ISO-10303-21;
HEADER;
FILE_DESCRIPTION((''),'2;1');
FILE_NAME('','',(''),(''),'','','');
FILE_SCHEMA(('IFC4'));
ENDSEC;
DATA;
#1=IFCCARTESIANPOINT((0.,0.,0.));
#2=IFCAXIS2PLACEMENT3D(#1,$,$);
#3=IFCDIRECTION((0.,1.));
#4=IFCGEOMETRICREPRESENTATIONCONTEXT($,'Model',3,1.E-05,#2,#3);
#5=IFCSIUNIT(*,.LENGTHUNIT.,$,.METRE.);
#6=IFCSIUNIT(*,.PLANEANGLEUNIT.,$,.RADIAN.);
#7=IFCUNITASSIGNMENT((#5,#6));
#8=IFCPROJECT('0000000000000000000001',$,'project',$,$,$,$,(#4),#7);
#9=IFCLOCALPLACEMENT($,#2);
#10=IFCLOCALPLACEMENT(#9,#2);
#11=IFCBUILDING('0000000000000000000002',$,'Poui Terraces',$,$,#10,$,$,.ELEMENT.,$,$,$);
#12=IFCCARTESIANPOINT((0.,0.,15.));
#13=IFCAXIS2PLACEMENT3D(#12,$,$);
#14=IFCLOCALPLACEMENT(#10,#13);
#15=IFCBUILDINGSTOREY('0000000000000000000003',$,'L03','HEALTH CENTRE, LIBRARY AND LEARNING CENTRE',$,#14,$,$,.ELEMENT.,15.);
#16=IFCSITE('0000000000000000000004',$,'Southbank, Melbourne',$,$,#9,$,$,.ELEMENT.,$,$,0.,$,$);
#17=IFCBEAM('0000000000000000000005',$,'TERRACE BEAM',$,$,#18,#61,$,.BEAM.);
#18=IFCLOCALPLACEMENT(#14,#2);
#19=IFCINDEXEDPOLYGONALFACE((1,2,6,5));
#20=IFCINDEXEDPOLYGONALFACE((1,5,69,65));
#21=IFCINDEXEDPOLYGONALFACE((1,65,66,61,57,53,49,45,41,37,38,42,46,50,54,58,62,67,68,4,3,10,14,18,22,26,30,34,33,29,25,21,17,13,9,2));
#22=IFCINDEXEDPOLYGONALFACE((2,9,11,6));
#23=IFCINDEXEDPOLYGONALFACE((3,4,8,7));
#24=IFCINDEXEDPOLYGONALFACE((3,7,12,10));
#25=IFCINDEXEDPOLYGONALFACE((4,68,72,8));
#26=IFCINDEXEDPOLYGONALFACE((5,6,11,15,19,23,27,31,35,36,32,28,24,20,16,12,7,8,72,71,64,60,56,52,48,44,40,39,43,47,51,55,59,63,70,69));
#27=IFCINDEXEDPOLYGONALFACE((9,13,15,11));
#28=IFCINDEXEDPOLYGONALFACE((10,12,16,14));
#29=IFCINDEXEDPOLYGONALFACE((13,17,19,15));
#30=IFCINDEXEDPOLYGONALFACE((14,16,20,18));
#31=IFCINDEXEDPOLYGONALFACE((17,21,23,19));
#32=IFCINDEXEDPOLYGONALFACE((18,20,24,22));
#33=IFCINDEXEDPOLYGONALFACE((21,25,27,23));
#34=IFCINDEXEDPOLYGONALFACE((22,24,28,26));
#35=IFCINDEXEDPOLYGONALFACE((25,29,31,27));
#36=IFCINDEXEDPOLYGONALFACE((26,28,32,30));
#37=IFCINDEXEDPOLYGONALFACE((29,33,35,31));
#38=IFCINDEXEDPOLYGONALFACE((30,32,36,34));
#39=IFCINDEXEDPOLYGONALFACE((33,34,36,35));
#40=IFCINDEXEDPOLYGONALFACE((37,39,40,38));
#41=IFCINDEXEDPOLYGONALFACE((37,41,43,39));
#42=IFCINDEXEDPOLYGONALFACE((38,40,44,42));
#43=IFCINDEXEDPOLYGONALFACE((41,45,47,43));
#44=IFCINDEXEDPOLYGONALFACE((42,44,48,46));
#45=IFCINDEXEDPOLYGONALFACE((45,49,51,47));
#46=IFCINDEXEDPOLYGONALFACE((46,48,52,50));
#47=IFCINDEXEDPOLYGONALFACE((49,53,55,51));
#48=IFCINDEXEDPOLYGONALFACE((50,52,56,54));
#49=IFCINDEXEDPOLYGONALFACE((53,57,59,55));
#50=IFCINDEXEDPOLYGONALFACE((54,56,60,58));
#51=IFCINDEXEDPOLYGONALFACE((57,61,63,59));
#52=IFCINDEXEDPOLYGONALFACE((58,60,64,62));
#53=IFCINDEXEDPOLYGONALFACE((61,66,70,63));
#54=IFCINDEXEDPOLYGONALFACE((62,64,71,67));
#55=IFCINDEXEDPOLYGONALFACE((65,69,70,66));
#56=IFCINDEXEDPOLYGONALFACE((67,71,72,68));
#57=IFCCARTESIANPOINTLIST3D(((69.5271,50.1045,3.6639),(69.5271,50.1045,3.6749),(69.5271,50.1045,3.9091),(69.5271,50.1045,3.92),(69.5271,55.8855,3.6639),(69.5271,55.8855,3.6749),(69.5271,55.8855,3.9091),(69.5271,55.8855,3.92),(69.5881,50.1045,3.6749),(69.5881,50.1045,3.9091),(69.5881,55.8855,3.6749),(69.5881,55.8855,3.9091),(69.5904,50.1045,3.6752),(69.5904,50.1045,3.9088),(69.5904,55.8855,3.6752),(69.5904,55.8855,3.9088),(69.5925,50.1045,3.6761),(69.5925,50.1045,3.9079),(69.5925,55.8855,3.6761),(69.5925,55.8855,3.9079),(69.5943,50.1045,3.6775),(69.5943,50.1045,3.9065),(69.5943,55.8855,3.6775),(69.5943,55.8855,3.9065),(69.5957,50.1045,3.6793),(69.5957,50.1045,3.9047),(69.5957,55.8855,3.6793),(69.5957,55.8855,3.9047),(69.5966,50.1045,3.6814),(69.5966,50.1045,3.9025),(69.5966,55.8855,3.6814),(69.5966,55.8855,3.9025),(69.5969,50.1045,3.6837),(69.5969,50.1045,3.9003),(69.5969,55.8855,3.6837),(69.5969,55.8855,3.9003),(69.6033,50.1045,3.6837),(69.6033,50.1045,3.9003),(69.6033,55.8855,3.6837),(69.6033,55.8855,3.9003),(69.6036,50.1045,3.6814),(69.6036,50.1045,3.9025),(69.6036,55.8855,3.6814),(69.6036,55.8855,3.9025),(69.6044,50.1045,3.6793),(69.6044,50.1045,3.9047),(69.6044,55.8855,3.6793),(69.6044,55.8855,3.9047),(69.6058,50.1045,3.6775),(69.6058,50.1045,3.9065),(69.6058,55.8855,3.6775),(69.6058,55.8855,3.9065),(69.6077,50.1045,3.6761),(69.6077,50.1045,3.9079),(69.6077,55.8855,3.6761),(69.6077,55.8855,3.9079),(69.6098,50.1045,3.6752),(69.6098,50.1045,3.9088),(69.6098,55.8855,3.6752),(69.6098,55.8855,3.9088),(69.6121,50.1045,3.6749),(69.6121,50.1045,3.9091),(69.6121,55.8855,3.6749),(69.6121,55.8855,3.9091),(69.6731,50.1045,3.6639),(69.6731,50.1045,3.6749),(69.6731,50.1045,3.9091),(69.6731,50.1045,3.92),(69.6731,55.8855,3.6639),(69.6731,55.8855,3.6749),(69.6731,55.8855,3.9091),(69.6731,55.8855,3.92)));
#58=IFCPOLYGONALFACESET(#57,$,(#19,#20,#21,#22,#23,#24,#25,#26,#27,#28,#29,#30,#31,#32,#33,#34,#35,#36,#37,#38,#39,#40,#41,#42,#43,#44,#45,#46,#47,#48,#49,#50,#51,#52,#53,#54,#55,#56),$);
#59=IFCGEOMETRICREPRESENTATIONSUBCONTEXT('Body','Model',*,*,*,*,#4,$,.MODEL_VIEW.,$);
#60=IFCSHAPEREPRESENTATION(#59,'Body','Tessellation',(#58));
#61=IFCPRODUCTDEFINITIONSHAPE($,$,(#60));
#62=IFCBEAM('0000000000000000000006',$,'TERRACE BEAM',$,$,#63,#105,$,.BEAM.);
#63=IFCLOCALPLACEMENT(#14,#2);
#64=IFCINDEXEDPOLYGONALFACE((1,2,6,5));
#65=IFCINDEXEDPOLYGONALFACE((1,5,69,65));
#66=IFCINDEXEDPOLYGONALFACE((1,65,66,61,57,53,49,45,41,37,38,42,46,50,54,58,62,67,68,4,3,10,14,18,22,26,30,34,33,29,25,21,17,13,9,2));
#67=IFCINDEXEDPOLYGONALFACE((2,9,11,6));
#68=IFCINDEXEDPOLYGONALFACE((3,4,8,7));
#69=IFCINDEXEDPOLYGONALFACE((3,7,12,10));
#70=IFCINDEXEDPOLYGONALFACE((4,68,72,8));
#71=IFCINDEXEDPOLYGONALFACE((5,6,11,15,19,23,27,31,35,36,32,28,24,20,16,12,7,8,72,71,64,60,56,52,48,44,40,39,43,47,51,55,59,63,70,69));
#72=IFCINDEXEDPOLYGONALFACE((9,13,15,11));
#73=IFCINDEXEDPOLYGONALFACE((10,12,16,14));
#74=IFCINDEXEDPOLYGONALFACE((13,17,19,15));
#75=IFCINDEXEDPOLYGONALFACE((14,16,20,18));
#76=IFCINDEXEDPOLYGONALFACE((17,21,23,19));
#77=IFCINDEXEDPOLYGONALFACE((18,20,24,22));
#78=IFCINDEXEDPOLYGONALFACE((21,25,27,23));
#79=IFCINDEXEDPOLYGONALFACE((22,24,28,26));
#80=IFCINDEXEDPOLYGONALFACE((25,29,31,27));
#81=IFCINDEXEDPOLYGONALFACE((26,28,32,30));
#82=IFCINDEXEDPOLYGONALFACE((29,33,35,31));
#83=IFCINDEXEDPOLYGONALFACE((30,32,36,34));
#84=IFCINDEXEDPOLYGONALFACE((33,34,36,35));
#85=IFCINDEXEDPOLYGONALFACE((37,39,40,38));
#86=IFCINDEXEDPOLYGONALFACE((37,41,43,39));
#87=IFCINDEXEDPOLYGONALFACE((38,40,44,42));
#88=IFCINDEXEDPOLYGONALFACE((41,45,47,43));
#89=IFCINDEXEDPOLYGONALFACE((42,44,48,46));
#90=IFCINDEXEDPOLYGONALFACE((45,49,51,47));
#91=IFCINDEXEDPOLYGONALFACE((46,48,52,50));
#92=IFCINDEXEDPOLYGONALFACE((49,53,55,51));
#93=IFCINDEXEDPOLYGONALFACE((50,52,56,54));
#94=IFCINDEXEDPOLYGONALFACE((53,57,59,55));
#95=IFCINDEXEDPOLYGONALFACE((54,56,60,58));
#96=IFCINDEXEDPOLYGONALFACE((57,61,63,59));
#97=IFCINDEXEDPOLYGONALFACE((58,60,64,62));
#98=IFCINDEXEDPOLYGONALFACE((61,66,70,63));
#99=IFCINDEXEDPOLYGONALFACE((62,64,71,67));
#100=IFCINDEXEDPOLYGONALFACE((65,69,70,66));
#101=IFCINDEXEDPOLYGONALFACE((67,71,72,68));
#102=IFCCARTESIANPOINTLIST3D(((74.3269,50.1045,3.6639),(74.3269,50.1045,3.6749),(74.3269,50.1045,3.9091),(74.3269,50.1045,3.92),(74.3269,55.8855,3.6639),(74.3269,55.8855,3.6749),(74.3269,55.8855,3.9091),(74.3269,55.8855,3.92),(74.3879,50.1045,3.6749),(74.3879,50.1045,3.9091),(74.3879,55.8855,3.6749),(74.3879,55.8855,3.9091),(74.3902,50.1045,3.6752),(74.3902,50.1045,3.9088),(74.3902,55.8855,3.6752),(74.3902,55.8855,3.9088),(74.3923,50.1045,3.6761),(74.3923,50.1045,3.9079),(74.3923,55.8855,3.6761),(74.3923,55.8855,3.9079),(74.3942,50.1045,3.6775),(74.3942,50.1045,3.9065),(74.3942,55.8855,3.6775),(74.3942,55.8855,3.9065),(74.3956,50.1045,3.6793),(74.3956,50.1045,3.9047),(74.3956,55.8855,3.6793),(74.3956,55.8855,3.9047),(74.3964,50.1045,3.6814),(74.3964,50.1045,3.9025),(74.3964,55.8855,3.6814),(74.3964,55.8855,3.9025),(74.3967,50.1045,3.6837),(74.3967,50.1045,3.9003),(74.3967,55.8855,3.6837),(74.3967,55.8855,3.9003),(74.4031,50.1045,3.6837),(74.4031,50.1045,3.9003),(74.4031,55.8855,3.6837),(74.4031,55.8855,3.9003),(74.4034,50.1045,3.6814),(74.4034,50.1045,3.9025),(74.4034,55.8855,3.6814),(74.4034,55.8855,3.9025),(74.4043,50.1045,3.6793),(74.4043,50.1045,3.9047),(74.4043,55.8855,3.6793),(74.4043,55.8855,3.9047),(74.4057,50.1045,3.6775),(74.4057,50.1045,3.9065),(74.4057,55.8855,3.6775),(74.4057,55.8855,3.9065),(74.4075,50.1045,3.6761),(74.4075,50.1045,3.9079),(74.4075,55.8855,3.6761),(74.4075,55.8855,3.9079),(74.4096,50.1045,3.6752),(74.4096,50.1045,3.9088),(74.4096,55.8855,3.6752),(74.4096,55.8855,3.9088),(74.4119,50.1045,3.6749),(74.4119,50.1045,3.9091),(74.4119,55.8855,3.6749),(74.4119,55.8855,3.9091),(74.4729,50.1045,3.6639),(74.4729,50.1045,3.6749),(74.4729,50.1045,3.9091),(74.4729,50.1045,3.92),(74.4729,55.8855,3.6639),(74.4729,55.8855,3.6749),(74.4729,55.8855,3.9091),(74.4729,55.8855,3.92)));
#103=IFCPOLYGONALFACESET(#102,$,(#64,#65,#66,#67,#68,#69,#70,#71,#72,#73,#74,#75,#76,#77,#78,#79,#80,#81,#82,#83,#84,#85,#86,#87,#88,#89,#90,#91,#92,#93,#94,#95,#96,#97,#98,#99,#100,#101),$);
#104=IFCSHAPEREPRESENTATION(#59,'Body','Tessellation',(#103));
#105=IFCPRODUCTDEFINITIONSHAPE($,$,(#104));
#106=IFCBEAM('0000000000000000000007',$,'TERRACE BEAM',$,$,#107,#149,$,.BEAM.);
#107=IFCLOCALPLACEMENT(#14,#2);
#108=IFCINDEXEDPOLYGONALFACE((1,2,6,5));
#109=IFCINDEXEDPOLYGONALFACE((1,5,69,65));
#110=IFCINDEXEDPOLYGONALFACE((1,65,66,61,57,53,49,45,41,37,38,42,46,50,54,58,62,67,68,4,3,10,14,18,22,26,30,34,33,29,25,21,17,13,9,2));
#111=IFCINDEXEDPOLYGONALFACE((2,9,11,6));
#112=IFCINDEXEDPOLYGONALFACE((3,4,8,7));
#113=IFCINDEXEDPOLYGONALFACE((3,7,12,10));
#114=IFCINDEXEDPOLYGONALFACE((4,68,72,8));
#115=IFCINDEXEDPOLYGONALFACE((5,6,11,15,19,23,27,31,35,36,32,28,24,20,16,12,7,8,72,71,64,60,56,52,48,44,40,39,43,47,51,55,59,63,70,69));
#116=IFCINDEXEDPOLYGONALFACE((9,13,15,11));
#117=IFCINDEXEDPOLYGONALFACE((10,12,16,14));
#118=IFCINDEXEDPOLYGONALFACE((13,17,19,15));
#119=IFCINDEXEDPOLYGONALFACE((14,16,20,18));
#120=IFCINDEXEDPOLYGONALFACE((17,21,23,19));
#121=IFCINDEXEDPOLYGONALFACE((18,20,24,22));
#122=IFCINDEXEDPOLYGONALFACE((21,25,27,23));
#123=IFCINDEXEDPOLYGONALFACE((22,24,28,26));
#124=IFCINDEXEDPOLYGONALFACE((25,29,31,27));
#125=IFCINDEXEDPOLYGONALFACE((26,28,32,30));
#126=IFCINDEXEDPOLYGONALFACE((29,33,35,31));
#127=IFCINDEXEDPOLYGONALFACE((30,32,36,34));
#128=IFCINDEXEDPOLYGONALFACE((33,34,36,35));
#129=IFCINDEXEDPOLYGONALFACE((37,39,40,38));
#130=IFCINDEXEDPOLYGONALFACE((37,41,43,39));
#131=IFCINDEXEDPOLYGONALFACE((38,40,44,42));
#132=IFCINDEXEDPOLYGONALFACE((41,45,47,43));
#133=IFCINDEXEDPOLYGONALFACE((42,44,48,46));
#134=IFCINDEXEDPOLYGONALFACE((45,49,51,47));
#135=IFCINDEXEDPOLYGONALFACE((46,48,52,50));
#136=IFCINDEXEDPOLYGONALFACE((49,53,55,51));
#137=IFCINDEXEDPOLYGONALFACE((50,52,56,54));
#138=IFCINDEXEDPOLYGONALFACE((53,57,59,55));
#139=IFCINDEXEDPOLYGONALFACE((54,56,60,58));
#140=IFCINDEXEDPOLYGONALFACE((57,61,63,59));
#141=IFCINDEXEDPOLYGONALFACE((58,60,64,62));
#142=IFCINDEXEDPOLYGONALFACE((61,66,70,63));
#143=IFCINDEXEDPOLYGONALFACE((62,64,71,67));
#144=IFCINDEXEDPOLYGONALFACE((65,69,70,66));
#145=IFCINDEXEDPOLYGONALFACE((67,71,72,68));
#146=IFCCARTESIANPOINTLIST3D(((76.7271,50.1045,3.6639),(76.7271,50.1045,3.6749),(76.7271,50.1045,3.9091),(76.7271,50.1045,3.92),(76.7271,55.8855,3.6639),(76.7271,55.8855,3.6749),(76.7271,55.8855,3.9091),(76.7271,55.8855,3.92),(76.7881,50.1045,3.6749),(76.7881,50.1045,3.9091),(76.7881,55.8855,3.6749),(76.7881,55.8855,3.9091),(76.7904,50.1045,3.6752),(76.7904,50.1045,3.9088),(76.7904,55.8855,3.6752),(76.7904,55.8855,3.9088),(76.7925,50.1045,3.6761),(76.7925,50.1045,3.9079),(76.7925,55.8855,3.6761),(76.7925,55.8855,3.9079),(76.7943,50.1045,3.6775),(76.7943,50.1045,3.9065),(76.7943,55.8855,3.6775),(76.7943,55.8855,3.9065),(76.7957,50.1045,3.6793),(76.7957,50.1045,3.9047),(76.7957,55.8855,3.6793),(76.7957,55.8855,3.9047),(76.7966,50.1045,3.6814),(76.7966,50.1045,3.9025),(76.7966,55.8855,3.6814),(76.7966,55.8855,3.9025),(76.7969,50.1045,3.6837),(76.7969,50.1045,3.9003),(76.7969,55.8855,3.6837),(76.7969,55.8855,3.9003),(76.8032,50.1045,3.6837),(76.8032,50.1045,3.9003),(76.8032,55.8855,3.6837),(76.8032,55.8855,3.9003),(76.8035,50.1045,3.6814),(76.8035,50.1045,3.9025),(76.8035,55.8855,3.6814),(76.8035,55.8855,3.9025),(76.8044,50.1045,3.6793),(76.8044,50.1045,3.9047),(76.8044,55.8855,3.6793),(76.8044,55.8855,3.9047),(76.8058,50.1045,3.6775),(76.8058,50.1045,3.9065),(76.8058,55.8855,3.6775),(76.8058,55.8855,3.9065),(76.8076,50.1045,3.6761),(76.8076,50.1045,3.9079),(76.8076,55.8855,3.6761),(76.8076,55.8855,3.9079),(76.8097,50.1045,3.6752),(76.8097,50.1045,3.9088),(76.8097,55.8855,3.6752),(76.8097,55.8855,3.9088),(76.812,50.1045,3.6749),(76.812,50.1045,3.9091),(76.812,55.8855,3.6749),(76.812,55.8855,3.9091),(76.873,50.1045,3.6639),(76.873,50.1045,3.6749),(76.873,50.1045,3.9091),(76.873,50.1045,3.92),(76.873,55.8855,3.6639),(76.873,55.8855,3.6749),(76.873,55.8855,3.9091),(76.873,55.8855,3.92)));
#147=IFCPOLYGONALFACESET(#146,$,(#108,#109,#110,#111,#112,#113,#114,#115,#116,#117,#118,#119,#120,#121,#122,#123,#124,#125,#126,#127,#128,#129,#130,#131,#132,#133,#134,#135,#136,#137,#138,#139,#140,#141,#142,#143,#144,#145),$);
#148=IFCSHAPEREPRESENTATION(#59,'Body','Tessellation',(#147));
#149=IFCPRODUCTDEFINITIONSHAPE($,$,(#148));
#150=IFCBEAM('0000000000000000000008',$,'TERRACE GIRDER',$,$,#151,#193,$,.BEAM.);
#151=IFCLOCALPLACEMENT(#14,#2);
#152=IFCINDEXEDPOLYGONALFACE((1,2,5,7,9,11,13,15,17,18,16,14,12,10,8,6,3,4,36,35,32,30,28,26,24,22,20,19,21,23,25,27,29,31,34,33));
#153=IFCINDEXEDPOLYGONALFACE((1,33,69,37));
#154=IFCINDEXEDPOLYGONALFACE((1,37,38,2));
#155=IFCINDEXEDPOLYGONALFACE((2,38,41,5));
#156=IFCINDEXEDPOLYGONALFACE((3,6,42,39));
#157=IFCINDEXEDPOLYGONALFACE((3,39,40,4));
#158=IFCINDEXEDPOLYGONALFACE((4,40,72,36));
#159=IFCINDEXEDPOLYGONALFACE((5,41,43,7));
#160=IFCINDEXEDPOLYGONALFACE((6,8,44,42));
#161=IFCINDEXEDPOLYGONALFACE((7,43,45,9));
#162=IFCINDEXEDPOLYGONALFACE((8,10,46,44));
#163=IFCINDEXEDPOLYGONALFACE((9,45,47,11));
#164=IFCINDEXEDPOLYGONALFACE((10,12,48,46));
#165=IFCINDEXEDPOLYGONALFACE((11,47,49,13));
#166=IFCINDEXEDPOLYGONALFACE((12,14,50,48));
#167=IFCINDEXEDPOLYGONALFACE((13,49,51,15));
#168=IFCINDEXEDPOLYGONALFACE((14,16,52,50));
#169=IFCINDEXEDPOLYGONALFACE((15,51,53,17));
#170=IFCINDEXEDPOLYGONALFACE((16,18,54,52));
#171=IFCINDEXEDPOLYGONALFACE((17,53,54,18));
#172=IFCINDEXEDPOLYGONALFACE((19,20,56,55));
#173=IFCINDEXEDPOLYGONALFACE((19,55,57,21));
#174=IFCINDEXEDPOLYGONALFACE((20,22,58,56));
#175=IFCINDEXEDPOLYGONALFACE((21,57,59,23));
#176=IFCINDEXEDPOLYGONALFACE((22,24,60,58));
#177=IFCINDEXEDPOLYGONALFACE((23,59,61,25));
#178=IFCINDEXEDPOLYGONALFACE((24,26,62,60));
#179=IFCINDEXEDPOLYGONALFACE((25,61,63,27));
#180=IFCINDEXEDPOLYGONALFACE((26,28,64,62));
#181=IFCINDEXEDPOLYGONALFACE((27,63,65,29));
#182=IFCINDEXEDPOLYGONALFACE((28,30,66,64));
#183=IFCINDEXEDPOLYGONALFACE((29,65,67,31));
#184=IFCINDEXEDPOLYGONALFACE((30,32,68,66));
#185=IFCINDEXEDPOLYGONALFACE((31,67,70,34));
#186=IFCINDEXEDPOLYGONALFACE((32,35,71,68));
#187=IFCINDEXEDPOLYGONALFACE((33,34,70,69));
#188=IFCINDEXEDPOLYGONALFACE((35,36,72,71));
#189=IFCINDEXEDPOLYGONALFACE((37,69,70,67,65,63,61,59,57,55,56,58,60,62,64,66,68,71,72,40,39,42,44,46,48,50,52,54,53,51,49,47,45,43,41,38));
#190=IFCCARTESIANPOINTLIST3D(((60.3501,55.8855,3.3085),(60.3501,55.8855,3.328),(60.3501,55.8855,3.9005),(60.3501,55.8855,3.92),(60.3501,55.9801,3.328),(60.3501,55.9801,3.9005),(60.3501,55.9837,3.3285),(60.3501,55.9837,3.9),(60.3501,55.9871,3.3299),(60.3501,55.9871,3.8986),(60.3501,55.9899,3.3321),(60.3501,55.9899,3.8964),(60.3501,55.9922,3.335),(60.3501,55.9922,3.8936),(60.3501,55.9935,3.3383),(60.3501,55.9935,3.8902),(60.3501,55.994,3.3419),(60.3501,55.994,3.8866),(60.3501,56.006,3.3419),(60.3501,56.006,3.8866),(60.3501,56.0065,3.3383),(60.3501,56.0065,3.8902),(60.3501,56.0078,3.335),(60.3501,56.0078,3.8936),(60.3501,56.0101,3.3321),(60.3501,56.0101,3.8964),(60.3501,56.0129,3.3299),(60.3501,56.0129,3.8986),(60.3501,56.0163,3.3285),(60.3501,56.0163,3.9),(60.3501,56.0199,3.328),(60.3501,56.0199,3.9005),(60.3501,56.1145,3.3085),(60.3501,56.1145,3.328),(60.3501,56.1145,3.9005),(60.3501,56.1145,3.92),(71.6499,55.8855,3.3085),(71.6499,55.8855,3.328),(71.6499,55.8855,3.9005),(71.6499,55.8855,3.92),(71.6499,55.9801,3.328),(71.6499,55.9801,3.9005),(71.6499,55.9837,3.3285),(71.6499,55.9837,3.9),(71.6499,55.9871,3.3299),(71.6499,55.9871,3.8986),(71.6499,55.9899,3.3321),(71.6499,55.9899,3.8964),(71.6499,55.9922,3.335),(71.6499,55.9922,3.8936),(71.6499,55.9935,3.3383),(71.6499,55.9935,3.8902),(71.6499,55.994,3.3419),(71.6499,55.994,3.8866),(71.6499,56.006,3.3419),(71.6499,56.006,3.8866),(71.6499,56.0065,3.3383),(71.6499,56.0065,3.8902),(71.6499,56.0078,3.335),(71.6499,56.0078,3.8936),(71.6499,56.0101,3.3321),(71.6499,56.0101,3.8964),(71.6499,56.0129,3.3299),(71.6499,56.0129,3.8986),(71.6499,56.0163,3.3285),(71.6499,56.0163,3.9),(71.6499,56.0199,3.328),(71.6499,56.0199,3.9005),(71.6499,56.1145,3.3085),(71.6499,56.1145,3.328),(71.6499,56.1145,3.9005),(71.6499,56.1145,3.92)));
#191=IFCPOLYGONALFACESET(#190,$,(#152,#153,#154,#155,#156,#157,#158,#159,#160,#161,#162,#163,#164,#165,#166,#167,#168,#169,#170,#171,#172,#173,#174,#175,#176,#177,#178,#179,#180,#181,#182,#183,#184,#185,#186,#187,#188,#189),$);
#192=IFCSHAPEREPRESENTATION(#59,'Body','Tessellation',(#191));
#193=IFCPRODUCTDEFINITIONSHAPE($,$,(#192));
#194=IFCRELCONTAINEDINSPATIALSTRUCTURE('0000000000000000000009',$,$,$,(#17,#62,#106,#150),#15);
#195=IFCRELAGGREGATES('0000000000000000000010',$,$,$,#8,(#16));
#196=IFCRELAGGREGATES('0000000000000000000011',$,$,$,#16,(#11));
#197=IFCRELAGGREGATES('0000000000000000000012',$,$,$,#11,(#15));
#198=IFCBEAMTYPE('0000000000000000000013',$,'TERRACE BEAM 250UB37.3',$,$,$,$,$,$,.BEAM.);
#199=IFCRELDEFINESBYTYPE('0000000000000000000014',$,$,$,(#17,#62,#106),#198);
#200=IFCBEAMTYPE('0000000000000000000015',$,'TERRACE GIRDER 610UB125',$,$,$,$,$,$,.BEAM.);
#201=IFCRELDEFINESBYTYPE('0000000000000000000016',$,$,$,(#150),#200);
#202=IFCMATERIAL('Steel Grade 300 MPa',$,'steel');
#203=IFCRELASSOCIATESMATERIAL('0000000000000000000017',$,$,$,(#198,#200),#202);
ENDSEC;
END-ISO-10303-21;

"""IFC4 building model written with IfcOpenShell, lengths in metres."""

from ifc_helpers import new_model, si_unit, direction, frame, origin, origin_2d, place, context, subcontext, project, spatial, i_section, extrude, source, transform, mapped, material, material_profile, profile_set, type_object, element, save


model = new_model("IFC4")

# Units and contexts
model_context = context("Model", 3, precision=1e-05, world=origin(), true_north=direction((0.0, 1.0)))
body_context = subcontext(model_context, "Body", "Model", "MODEL_VIEW")
ifc_project = project(units=[si_unit("LENGTHUNIT", "METRE"), si_unit("PLANEANGLEUNIT", "RADIAN")], contexts=[model_context])

# Site, building, storey
site_placement = place(None, origin())
site = spatial("IfcSite", under=ifc_project, at=site_placement, Name="Southbank, Melbourne", CompositionType="ELEMENT", RefElevation=0.0)
building_placement = place(site_placement, origin())
building = spatial("IfcBuilding", under=site, at=building_placement, Name="Poui Terraces", CompositionType="ELEMENT")
storey_placement = place(building_placement, frame((0.0, 0.0, 15.0)))
storey = spatial("IfcBuildingStorey", under=building, at=storey_placement, Name="L03", Description="HEALTH CENTRE, LIBRARY AND LEARNING CENTRE", CompositionType="ELEMENT", Elevation=15.0)

# Beams
ifc_material_1 = material(Name="Steel Grade 300 MPa", Category="steel")
ifc_material_profile_1 = material_profile(ifc_material_1, i_section(OverallWidth=0.146, OverallDepth=0.2561, WebThickness=0.0063, FlangeThickness=0.011, FilletRadius=0.0088, at=origin_2d()), Name="250UB37.3")
ifc_profile_set_1 = profile_set([ifc_material_profile_1], Name="Steel Grade 300 MPa")
beam_type_1 = type_object("IfcBeamType", Name="TERRACE BEAM 250UB37.3", PredefinedType="BEAM", material=ifc_profile_set_1)
shared_shape_1 = source(origin(), body_context, "Body", "SweptSolid", [
    extrude(i_section(OverallWidth=0.146, OverallDepth=0.2561, WebThickness=0.0063, FlangeThickness=0.011, FilletRadius=0.0088, at=origin_2d()), origin(), (0.0, 0.0, 1.0), 5.781),
])
for number, where, z_axis, x_axis, name in (
    (1, (69.6001, 50.1045, 3.792), (0.0, 1.0, 0.0), (-1.0, 0.0, 0.0), "TERRACE BEAM"),
    (2, (74.3999, 50.1045, 3.792), (0.0, 1.0, 0.0), (-1.0, 0.0, 0.0), "TERRACE BEAM"),
    (3, (76.8, 50.1045, 3.792), (0.0, 1.0, 0.0), (-1.0, 0.0, 0.0), "TERRACE BEAM"),
):
    element("IfcBeam", number, at=place(storey_placement, frame(where, z_axis=z_axis, x_axis=x_axis)), inside=storey, type_object=beam_type_1, Name=name, PredefinedType="BEAM", context=body_context, shape_type="MappedRepresentation", body=[
        mapped(shared_shape_1, transform((0.0, 0.0, 0.0))),
    ])
ifc_material_profile_2 = material_profile(ifc_material_1, i_section(OverallWidth=0.229, OverallDepth=0.6116, WebThickness=0.012, FlangeThickness=0.0195, FilletRadius=0.0139, at=origin_2d()), Name="610UB125")
ifc_profile_set_2 = profile_set([ifc_material_profile_2], Name="Steel Grade 300 MPa")
beam_type_2 = type_object("IfcBeamType", Name="TERRACE GIRDER 610UB125", PredefinedType="BEAM", material=ifc_profile_set_2)
shared_shape_2 = source(origin(), body_context, "Body", "SweptSolid", [
    extrude(i_section(OverallWidth=0.229, OverallDepth=0.6116, WebThickness=0.012, FlangeThickness=0.0195, FilletRadius=0.0139, at=origin_2d()), origin(), (0.0, 0.0, 1.0), 11.2998),
])
for number, where, z_axis, x_axis, name in (
    (4, (60.3501, 56.0, 3.6143), (1.0, 0.0, 0.0), (0.0, 1.0, 0.0), "TERRACE GIRDER"),
):
    element("IfcBeam", number, at=place(storey_placement, frame(where, z_axis=z_axis, x_axis=x_axis)), inside=storey, type_object=beam_type_2, Name=name, PredefinedType="BEAM", context=body_context, shape_type="MappedRepresentation", body=[
        mapped(shared_shape_2, transform((0.0, 0.0, 0.0))),
    ])

save(model, "model.ifc")
